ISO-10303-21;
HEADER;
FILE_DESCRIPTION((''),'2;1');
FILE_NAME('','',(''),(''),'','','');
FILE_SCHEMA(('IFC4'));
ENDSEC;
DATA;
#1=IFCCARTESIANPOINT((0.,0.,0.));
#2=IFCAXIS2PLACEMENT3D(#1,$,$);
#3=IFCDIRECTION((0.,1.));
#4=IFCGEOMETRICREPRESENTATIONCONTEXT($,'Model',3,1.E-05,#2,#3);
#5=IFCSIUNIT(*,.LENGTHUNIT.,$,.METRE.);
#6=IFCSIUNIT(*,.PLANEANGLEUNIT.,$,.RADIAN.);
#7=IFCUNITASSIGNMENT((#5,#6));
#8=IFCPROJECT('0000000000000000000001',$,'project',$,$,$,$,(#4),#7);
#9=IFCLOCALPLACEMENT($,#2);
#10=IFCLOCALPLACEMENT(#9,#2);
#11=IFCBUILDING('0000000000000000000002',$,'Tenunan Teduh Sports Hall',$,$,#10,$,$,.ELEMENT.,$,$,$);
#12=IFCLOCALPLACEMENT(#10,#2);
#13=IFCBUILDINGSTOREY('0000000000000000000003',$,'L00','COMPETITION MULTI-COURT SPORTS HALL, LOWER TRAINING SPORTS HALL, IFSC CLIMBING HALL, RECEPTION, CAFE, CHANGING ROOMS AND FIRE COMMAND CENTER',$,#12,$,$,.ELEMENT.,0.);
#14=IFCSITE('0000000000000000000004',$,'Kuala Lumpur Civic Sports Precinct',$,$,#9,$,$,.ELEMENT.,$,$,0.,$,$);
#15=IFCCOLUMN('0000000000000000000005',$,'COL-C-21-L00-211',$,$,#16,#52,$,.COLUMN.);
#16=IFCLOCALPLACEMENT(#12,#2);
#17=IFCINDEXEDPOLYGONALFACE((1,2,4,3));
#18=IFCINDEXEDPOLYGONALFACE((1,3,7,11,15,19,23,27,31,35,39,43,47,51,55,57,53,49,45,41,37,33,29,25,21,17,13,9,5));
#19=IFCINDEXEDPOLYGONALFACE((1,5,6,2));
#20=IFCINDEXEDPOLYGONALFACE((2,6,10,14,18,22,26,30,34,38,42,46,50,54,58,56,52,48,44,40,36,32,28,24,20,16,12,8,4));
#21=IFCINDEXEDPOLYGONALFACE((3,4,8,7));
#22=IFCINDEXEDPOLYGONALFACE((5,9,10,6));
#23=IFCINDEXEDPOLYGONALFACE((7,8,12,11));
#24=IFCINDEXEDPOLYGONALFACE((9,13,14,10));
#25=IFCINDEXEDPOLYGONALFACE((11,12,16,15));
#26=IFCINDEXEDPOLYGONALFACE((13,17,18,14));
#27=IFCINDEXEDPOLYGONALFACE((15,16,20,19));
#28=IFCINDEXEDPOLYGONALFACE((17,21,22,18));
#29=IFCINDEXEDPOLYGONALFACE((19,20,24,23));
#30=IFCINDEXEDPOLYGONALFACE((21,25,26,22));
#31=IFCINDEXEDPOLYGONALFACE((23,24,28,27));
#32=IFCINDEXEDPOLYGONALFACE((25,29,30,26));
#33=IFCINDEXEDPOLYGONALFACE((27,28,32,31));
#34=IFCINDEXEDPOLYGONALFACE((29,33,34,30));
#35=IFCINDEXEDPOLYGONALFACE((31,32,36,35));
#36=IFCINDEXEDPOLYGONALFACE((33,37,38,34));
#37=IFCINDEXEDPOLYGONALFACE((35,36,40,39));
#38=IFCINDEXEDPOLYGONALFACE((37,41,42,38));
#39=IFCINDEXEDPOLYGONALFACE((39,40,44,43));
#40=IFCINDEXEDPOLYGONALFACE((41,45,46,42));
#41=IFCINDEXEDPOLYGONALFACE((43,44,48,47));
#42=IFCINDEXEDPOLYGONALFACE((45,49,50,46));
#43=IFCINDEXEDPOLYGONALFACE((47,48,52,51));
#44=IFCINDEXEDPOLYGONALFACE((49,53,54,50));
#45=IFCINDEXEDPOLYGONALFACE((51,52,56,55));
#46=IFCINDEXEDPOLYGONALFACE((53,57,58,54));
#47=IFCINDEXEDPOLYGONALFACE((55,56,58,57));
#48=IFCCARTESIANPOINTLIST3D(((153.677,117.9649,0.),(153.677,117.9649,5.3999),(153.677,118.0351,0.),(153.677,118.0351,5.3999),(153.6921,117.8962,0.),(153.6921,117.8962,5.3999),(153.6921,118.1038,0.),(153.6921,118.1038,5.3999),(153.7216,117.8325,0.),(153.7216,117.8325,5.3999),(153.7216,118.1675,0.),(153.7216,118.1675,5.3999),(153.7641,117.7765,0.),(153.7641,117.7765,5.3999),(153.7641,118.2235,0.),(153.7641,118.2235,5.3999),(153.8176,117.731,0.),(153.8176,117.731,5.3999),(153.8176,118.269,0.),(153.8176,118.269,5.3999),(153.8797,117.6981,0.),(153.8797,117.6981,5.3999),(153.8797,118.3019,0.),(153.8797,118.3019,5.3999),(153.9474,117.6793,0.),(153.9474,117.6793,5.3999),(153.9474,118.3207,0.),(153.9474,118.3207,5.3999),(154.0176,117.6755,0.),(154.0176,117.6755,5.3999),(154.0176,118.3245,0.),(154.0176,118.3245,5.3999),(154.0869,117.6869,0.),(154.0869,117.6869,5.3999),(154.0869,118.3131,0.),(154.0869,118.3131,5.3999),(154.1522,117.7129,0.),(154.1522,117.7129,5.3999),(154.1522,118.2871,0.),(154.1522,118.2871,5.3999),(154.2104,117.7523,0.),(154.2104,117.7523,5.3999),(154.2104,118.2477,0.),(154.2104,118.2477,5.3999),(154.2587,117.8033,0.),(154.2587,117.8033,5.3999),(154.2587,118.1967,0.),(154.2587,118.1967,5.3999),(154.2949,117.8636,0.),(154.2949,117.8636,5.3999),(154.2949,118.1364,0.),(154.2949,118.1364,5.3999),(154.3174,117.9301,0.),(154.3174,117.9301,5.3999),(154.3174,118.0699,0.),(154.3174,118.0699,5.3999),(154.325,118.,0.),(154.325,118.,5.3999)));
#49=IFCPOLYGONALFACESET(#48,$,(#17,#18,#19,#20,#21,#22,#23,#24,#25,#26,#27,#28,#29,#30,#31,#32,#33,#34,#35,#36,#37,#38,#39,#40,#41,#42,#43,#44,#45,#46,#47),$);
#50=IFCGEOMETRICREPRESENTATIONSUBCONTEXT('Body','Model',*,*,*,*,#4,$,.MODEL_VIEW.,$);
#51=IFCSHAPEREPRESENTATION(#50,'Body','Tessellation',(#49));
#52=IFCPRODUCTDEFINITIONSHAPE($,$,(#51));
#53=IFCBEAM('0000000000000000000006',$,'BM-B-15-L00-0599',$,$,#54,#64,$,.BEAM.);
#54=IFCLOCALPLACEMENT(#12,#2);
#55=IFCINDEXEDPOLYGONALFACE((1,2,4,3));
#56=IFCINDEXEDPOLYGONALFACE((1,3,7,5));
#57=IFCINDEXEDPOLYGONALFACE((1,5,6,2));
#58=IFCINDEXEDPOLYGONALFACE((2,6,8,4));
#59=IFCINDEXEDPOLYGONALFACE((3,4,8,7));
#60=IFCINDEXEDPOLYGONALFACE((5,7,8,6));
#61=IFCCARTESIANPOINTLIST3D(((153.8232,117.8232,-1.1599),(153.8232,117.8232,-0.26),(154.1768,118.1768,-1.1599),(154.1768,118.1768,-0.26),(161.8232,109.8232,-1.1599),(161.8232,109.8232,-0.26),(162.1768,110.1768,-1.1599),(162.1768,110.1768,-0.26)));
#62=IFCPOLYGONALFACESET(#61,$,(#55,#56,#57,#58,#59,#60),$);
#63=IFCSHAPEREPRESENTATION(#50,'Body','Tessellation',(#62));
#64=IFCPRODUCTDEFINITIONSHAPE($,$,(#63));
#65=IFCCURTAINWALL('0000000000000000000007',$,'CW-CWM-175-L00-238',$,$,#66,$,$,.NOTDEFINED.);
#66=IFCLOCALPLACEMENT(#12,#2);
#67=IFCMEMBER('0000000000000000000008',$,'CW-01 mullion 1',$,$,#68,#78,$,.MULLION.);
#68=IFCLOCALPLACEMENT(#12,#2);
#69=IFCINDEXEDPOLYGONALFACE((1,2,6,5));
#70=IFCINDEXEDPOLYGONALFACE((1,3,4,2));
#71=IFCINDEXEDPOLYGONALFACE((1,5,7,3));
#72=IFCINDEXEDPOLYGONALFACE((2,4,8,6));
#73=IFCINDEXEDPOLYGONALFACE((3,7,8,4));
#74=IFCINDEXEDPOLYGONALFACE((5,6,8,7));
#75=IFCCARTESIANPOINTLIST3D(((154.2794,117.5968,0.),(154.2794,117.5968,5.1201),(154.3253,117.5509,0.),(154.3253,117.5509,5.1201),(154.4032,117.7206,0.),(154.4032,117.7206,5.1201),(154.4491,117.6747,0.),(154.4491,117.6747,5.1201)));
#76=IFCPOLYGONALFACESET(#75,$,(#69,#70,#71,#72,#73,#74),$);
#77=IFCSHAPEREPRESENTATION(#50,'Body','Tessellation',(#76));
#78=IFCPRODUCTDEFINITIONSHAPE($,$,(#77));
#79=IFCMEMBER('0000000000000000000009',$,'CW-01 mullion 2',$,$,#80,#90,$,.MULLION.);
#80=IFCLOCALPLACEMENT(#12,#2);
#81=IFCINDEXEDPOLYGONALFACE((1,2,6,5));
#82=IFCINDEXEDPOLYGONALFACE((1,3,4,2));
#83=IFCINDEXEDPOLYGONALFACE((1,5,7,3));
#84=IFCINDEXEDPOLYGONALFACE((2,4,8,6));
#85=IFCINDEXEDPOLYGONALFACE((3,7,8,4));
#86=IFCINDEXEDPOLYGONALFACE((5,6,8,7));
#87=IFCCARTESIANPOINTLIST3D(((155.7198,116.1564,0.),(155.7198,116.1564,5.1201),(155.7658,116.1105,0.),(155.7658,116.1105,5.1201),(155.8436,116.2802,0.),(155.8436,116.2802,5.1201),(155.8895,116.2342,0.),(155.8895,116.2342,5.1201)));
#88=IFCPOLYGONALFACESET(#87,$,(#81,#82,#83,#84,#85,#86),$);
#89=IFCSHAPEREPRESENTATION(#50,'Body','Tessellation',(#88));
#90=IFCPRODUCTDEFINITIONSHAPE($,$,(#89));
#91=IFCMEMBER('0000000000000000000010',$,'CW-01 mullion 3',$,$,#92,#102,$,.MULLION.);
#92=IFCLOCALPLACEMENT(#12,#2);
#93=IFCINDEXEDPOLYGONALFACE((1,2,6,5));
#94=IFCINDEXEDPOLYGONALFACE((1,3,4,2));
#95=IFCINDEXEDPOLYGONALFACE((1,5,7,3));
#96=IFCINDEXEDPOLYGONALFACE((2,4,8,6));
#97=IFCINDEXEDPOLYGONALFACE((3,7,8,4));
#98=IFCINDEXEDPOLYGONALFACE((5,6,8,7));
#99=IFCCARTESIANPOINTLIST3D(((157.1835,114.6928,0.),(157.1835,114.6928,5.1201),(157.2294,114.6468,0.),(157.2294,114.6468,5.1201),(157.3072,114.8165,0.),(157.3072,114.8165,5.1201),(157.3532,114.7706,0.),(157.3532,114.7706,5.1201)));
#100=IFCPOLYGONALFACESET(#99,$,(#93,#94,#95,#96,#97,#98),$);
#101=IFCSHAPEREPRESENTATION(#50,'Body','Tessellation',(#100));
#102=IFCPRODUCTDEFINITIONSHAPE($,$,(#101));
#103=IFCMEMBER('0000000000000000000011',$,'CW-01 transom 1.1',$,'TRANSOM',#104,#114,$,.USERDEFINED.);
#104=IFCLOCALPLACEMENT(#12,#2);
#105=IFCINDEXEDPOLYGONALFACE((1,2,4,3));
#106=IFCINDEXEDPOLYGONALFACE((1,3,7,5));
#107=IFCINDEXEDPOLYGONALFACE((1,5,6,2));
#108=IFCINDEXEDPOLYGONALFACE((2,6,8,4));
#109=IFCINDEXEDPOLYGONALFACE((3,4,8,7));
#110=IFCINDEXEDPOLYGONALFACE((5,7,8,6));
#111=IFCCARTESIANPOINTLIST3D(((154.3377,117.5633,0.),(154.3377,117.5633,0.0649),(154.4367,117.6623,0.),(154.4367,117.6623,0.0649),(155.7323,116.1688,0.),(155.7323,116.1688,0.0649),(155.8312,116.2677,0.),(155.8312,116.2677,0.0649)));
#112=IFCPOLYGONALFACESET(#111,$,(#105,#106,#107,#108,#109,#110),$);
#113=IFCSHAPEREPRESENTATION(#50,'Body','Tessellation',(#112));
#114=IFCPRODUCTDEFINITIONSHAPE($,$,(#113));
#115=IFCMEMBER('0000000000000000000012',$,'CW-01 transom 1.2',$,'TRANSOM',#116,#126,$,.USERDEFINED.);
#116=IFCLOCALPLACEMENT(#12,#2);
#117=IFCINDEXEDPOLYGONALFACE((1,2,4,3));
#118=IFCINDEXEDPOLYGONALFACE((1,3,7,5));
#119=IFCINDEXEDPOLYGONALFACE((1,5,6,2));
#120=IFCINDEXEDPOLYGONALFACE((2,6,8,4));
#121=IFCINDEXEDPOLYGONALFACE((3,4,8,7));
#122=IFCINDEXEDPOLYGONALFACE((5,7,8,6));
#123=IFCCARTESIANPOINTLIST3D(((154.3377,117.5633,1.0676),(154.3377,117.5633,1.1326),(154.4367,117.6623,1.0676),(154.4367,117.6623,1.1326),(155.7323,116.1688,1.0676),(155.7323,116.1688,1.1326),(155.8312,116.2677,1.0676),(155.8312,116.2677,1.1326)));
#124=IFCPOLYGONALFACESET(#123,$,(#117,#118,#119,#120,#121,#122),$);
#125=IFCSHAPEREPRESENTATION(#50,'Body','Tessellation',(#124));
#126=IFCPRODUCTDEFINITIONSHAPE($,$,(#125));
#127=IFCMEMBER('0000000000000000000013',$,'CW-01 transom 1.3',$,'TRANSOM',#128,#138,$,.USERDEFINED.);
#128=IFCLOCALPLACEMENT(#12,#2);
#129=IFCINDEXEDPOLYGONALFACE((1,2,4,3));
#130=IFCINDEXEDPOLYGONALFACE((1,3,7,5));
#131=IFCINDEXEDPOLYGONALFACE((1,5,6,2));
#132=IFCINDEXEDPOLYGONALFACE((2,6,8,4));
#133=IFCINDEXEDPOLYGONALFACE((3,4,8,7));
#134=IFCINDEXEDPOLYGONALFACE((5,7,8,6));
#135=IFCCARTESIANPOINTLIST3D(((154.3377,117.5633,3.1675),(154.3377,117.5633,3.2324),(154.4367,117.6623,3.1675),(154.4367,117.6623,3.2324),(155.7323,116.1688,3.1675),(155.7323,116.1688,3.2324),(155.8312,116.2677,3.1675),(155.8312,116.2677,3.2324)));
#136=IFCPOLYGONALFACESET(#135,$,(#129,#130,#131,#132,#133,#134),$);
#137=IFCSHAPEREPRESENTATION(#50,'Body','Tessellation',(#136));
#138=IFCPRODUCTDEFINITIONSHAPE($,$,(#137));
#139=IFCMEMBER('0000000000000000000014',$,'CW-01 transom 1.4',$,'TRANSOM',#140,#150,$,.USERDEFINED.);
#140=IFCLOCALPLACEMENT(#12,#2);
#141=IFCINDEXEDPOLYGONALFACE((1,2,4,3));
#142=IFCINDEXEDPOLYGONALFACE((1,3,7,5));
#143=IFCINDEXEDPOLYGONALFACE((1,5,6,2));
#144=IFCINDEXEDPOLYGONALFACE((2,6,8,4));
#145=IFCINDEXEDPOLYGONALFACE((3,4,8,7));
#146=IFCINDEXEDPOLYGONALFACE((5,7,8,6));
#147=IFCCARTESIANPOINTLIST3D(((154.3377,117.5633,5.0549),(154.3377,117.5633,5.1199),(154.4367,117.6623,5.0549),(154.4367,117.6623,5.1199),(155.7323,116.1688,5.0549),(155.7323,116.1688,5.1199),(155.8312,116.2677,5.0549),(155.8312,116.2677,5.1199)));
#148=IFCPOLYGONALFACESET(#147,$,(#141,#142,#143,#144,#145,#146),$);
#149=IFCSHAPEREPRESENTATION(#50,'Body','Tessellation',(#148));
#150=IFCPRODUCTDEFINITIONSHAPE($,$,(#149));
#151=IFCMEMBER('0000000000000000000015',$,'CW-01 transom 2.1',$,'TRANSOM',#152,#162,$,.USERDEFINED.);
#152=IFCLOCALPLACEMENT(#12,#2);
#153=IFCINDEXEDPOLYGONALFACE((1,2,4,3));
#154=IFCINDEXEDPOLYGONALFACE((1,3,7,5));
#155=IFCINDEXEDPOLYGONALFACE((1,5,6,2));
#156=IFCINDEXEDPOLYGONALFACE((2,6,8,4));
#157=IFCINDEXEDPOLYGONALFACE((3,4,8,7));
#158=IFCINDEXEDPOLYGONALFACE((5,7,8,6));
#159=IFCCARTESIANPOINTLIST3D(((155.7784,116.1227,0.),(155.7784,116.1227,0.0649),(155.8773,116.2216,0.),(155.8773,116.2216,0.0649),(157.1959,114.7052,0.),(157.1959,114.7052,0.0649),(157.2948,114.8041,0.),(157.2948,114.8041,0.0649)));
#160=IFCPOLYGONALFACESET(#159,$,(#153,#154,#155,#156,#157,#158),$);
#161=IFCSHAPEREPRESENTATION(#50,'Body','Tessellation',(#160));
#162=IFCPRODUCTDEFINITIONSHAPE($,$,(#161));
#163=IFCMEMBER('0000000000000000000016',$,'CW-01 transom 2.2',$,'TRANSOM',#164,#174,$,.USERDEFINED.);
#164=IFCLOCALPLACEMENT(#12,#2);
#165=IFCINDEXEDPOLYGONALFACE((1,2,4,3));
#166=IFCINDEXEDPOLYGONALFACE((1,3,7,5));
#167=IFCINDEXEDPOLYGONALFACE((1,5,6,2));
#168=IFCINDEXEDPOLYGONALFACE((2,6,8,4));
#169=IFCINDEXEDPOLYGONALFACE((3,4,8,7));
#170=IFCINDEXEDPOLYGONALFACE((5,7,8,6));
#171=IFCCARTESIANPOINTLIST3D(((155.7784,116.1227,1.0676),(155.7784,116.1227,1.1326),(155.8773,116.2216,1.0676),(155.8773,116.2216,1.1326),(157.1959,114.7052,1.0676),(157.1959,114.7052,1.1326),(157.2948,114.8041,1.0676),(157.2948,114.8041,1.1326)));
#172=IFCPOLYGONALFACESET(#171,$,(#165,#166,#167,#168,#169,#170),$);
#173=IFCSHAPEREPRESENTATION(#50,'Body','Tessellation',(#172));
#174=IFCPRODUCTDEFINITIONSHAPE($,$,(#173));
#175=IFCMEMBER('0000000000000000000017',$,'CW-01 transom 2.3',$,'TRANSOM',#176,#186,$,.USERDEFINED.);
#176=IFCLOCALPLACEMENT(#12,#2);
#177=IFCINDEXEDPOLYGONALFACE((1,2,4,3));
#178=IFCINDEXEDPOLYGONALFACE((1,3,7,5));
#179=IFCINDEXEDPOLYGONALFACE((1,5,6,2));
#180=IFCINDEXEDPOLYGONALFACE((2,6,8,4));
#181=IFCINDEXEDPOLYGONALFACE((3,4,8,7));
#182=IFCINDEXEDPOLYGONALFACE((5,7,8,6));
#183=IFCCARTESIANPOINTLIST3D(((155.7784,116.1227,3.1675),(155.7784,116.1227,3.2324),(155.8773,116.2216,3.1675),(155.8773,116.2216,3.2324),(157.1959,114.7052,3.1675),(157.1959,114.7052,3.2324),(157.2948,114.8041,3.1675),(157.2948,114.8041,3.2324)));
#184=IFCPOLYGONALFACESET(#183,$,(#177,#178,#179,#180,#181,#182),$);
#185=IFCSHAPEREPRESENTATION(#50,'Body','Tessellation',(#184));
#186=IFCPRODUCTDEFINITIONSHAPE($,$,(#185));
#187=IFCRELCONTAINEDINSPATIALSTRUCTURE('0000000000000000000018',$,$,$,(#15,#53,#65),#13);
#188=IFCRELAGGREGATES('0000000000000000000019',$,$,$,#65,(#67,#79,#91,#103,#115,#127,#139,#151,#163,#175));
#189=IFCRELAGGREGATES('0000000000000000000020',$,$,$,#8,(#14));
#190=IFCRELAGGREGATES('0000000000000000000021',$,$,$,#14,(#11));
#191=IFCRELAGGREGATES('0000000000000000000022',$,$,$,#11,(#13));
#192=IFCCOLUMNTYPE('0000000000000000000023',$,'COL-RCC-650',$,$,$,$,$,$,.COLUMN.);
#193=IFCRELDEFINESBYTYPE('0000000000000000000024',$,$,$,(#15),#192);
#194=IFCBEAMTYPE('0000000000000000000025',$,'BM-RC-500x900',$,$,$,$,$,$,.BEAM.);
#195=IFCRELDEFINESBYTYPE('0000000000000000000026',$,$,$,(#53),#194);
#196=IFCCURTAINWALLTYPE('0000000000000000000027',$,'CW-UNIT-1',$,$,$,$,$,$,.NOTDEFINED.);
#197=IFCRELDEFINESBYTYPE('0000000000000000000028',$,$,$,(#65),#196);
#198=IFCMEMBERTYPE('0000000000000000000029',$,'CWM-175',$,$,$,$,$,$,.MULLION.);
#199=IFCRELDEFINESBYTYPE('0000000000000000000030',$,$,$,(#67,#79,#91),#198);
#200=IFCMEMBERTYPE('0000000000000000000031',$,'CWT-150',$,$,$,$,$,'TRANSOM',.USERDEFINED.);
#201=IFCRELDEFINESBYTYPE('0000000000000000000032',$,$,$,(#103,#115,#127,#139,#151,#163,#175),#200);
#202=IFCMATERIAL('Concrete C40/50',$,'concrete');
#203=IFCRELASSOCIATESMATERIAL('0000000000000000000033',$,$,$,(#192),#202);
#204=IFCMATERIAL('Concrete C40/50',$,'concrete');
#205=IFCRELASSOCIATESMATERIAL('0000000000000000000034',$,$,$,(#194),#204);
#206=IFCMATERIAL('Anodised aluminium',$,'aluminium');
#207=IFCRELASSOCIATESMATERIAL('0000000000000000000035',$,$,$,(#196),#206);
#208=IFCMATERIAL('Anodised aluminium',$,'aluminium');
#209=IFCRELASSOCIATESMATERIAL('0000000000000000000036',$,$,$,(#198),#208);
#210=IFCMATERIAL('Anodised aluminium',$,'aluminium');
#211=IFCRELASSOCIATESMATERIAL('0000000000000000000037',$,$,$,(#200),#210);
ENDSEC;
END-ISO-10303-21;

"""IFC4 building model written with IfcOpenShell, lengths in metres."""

from ifc_helpers import new_model, si_unit, direction, frame, origin, origin_2d, place, context, subcontext, project, spatial, rectangle, circle, extrude, material, material_profile, profile_set, type_object, element, aggregate, save


model = new_model("IFC4")

# Units and contexts
model_context = context("Model", 3, precision=1e-05, world=origin(), true_north=direction((0.0, 1.0)))
body_context = subcontext(model_context, "Body", "Model", "MODEL_VIEW")
ifc_project = project(units=[si_unit("LENGTHUNIT", "METRE"), si_unit("PLANEANGLEUNIT", "RADIAN")], contexts=[model_context])

# Site, building, storey
site_placement = place(None, origin())
site = spatial("IfcSite", under=ifc_project, at=site_placement, Name="Kuala Lumpur Civic Sports Precinct", CompositionType="ELEMENT", RefElevation=0.0)
building_placement = place(site_placement, origin())
building = spatial("IfcBuilding", under=site, at=building_placement, Name="Tenunan Teduh Sports Hall", CompositionType="ELEMENT")
storey_placement = place(building_placement, origin())
storey = spatial("IfcBuildingStorey", under=building, at=storey_placement, Name="L00", Description="COMPETITION MULTI-COURT SPORTS HALL, LOWER TRAINING SPORTS HALL, IFSC CLIMBING HALL, RECEPTION, CAFE, CHANGING ROOMS AND FIRE COMMAND CENTER", CompositionType="ELEMENT", Elevation=0.0)

# Column
ifc_material_1 = material(Name="Concrete C40/50", Category="concrete")
ifc_material_profile_1 = material_profile(ifc_material_1, circle(Radius=0.325, at=origin_2d()), Name="RCC D650")
ifc_profile_set_1 = profile_set([ifc_material_profile_1], Name="Concrete C40/50")
column_type = type_object("IfcColumnType", Name="COL-RCC-650", PredefinedType="COLUMN", material=ifc_profile_set_1)
column_placement = place(storey_placement, frame((154.0, 118.0, 0.0), z_axis=(0.0, 0.0, 1.0), x_axis=(1.0, 0.0, 0.0)))
element("IfcColumn", 1, at=column_placement, inside=storey, type_object=column_type, Name="COL-C-21-L00-211", PredefinedType="COLUMN", context=body_context, shape_type="SweptSolid", body=[
    extrude(circle(Radius=0.325, at=origin_2d()), origin(), (0.0, 0.0, 1.0), 5.3999),
])

# Beam
ifc_material_2 = material(Name="Concrete C40/50", Category="concrete")
ifc_material_profile_2 = material_profile(ifc_material_2, rectangle(XDim=0.5, YDim=0.8999, at=origin_2d()), Name="RCB 500x900")
ifc_profile_set_2 = profile_set([ifc_material_profile_2], Name="Concrete C40/50")
beam_type = type_object("IfcBeamType", Name="BM-RC-500x900", PredefinedType="BEAM", material=ifc_profile_set_2)
beam_placement = place(storey_placement, frame((154.0, 118.0, -0.71), z_axis=(0.707107, -0.707107, 0.0), x_axis=(0.707107, 0.707107, 0.0)))
element("IfcBeam", 2, at=beam_placement, inside=storey, type_object=beam_type, Name="BM-B-15-L00-0599", PredefinedType="BEAM", context=body_context, shape_type="SweptSolid", body=[
    extrude(rectangle(XDim=0.5, YDim=0.8999, at=origin_2d()), origin(), (0.0, 0.0, 1.0), 11.3137),
])

# Curtain wall, members
ifc_material_3 = material(Name="Anodised aluminium", Category="aluminium")
curtain_wall_type = type_object("IfcCurtainWallType", Name="CW-UNIT-1", PredefinedType="NOTDEFINED", material=ifc_material_3)
curtain_wall_placement = place(storey_placement, origin())
curtain_wall = element("IfcCurtainWall", 3, at=curtain_wall_placement, inside=storey, type_object=curtain_wall_type, Name="CW-CWM-175-L00-238", PredefinedType="NOTDEFINED")
ifc_material_4 = material(Name="Anodised aluminium", Category="aluminium")
ifc_material_profile_3 = material_profile(ifc_material_4, rectangle(XDim=0.0649, YDim=0.175, at=origin_2d()), Name="CWM 65x175")
ifc_profile_set_3 = profile_set([ifc_material_profile_3], Name="Anodised aluminium")
member_type_1 = type_object("IfcMemberType", Name="CWM-175", PredefinedType="MULLION", material=ifc_profile_set_3)
member_1_placement = place(storey_placement, frame((154.3643, 117.6357, 0.0), z_axis=(0.0, 0.0, 1.0), x_axis=(-0.707107, 0.707107, 0.0)))
member_1 = element("IfcMember", 4, at=member_1_placement, type_object=member_type_1, Name="CW-01 mullion 1", PredefinedType="MULLION", context=body_context, shape_type="SweptSolid", body=[
    extrude(rectangle(XDim=0.0649, YDim=0.175, at=origin_2d()), origin(), (0.0, 0.0, 1.0), 5.1201),
])
member_2_placement = place(storey_placement, frame((155.8047, 116.1953, 0.0), z_axis=(0.0, 0.0, 1.0), x_axis=(-0.707107, 0.707107, 0.0)))
member_2 = element("IfcMember", 5, at=member_2_placement, type_object=member_type_1, Name="CW-01 mullion 2", PredefinedType="MULLION", context=body_context, shape_type="SweptSolid", body=[
    extrude(rectangle(XDim=0.0649, YDim=0.175, at=origin_2d()), origin(), (0.0, 0.0, 1.0), 5.1201),
])
member_3_placement = place(storey_placement, frame((157.2683, 114.7317, 0.0), z_axis=(0.0, 0.0, 1.0), x_axis=(-0.707107, 0.707107, 0.0)))
member_3 = element("IfcMember", 6, at=member_3_placement, type_object=member_type_1, Name="CW-01 mullion 3", PredefinedType="MULLION", context=body_context, shape_type="SweptSolid", body=[
    extrude(rectangle(XDim=0.0649, YDim=0.175, at=origin_2d()), origin(), (0.0, 0.0, 1.0), 5.1201),
])
ifc_material_5 = material(Name="Anodised aluminium", Category="aluminium")
ifc_material_profile_4 = material_profile(ifc_material_5, rectangle(XDim=0.0649, YDim=0.1399, at=origin_2d()), Name="CWT 65x140")
ifc_profile_set_4 = profile_set([ifc_material_profile_4], Name="Anodised aluminium")
member_type_2 = type_object("IfcMemberType", Name="CWT-150", ElementType="TRANSOM", PredefinedType="USERDEFINED", material=ifc_profile_set_4)
member_4_placement = place(storey_placement, frame((154.3872, 117.6128, 0.0325), z_axis=(0.707107, -0.707107, 0.0), x_axis=(0.0, 0.0, 1.0)))
member_4 = element("IfcMember", 7, at=member_4_placement, type_object=member_type_2, Name="CW-01 transom 1.1", ObjectType="TRANSOM", PredefinedType="USERDEFINED", context=body_context, shape_type="SweptSolid", body=[
    extrude(rectangle(XDim=0.0649, YDim=0.1399, at=origin_2d()), origin(), (0.0, 0.0, 1.0), 1.9722),
])
member_5_placement = place(storey_placement, frame((154.3872, 117.6128, 1.1001), z_axis=(0.707107, -0.707107, 0.0), x_axis=(0.0, 0.0, 1.0)))
member_5 = element("IfcMember", 8, at=member_5_placement, type_object=member_type_2, Name="CW-01 transom 1.2", ObjectType="TRANSOM", PredefinedType="USERDEFINED", context=body_context, shape_type="SweptSolid", body=[
    extrude(rectangle(XDim=0.0649, YDim=0.1399, at=origin_2d()), origin(), (0.0, 0.0, 1.0), 1.9722),
])
member_6_placement = place(storey_placement, frame((154.3872, 117.6128, 3.2), z_axis=(0.707107, -0.707107, 0.0), x_axis=(0.0, 0.0, 1.0)))
member_6 = element("IfcMember", 9, at=member_6_placement, type_object=member_type_2, Name="CW-01 transom 1.3", ObjectType="TRANSOM", PredefinedType="USERDEFINED", context=body_context, shape_type="SweptSolid", body=[
    extrude(rectangle(XDim=0.0649, YDim=0.1399, at=origin_2d()), origin(), (0.0, 0.0, 1.0), 1.9722),
])
member_7_placement = place(storey_placement, frame((154.3872, 117.6128, 5.0874), z_axis=(0.707107, -0.707107, 0.0), x_axis=(0.0, 0.0, 1.0)))
member_7 = element("IfcMember", 10, at=member_7_placement, type_object=member_type_2, Name="CW-01 transom 1.4", ObjectType="TRANSOM", PredefinedType="USERDEFINED", context=body_context, shape_type="SweptSolid", body=[
    extrude(rectangle(XDim=0.0649, YDim=0.1399, at=origin_2d()), origin(), (0.0, 0.0, 1.0), 1.9722),
])
member_8_placement = place(storey_placement, frame((155.8279, 116.1721, 0.0325), z_axis=(0.707107, -0.707107, 0.0), x_axis=(0.0, 0.0, 1.0)))
member_8 = element("IfcMember", 11, at=member_8_placement, type_object=member_type_2, Name="CW-01 transom 2.1", ObjectType="TRANSOM", PredefinedType="USERDEFINED", context=body_context, shape_type="SweptSolid", body=[
    extrude(rectangle(XDim=0.0649, YDim=0.1399, at=origin_2d()), origin(), (0.0, 0.0, 1.0), 2.0046),
])
member_9_placement = place(storey_placement, frame((155.8279, 116.1721, 1.1001), z_axis=(0.707107, -0.707107, 0.0), x_axis=(0.0, 0.0, 1.0)))
member_9 = element("IfcMember", 12, at=member_9_placement, type_object=member_type_2, Name="CW-01 transom 2.2", ObjectType="TRANSOM", PredefinedType="USERDEFINED", context=body_context, shape_type="SweptSolid", body=[
    extrude(rectangle(XDim=0.0649, YDim=0.1399, at=origin_2d()), origin(), (0.0, 0.0, 1.0), 2.0046),
])
member_10_placement = place(storey_placement, frame((155.8279, 116.1721, 3.2), z_axis=(0.707107, -0.707107, 0.0), x_axis=(0.0, 0.0, 1.0)))
member_10 = element("IfcMember", 13, at=member_10_placement, type_object=member_type_2, Name="CW-01 transom 2.3", ObjectType="TRANSOM", PredefinedType="USERDEFINED", context=body_context, shape_type="SweptSolid", body=[
    extrude(rectangle(XDim=0.0649, YDim=0.1399, at=origin_2d()), origin(), (0.0, 0.0, 1.0), 2.0046),
])

aggregate(curtain_wall, [member_1, member_2, member_3, member_4, member_5, member_6, member_7, member_8, member_9, member_10])

save(model, "model.ifc")
